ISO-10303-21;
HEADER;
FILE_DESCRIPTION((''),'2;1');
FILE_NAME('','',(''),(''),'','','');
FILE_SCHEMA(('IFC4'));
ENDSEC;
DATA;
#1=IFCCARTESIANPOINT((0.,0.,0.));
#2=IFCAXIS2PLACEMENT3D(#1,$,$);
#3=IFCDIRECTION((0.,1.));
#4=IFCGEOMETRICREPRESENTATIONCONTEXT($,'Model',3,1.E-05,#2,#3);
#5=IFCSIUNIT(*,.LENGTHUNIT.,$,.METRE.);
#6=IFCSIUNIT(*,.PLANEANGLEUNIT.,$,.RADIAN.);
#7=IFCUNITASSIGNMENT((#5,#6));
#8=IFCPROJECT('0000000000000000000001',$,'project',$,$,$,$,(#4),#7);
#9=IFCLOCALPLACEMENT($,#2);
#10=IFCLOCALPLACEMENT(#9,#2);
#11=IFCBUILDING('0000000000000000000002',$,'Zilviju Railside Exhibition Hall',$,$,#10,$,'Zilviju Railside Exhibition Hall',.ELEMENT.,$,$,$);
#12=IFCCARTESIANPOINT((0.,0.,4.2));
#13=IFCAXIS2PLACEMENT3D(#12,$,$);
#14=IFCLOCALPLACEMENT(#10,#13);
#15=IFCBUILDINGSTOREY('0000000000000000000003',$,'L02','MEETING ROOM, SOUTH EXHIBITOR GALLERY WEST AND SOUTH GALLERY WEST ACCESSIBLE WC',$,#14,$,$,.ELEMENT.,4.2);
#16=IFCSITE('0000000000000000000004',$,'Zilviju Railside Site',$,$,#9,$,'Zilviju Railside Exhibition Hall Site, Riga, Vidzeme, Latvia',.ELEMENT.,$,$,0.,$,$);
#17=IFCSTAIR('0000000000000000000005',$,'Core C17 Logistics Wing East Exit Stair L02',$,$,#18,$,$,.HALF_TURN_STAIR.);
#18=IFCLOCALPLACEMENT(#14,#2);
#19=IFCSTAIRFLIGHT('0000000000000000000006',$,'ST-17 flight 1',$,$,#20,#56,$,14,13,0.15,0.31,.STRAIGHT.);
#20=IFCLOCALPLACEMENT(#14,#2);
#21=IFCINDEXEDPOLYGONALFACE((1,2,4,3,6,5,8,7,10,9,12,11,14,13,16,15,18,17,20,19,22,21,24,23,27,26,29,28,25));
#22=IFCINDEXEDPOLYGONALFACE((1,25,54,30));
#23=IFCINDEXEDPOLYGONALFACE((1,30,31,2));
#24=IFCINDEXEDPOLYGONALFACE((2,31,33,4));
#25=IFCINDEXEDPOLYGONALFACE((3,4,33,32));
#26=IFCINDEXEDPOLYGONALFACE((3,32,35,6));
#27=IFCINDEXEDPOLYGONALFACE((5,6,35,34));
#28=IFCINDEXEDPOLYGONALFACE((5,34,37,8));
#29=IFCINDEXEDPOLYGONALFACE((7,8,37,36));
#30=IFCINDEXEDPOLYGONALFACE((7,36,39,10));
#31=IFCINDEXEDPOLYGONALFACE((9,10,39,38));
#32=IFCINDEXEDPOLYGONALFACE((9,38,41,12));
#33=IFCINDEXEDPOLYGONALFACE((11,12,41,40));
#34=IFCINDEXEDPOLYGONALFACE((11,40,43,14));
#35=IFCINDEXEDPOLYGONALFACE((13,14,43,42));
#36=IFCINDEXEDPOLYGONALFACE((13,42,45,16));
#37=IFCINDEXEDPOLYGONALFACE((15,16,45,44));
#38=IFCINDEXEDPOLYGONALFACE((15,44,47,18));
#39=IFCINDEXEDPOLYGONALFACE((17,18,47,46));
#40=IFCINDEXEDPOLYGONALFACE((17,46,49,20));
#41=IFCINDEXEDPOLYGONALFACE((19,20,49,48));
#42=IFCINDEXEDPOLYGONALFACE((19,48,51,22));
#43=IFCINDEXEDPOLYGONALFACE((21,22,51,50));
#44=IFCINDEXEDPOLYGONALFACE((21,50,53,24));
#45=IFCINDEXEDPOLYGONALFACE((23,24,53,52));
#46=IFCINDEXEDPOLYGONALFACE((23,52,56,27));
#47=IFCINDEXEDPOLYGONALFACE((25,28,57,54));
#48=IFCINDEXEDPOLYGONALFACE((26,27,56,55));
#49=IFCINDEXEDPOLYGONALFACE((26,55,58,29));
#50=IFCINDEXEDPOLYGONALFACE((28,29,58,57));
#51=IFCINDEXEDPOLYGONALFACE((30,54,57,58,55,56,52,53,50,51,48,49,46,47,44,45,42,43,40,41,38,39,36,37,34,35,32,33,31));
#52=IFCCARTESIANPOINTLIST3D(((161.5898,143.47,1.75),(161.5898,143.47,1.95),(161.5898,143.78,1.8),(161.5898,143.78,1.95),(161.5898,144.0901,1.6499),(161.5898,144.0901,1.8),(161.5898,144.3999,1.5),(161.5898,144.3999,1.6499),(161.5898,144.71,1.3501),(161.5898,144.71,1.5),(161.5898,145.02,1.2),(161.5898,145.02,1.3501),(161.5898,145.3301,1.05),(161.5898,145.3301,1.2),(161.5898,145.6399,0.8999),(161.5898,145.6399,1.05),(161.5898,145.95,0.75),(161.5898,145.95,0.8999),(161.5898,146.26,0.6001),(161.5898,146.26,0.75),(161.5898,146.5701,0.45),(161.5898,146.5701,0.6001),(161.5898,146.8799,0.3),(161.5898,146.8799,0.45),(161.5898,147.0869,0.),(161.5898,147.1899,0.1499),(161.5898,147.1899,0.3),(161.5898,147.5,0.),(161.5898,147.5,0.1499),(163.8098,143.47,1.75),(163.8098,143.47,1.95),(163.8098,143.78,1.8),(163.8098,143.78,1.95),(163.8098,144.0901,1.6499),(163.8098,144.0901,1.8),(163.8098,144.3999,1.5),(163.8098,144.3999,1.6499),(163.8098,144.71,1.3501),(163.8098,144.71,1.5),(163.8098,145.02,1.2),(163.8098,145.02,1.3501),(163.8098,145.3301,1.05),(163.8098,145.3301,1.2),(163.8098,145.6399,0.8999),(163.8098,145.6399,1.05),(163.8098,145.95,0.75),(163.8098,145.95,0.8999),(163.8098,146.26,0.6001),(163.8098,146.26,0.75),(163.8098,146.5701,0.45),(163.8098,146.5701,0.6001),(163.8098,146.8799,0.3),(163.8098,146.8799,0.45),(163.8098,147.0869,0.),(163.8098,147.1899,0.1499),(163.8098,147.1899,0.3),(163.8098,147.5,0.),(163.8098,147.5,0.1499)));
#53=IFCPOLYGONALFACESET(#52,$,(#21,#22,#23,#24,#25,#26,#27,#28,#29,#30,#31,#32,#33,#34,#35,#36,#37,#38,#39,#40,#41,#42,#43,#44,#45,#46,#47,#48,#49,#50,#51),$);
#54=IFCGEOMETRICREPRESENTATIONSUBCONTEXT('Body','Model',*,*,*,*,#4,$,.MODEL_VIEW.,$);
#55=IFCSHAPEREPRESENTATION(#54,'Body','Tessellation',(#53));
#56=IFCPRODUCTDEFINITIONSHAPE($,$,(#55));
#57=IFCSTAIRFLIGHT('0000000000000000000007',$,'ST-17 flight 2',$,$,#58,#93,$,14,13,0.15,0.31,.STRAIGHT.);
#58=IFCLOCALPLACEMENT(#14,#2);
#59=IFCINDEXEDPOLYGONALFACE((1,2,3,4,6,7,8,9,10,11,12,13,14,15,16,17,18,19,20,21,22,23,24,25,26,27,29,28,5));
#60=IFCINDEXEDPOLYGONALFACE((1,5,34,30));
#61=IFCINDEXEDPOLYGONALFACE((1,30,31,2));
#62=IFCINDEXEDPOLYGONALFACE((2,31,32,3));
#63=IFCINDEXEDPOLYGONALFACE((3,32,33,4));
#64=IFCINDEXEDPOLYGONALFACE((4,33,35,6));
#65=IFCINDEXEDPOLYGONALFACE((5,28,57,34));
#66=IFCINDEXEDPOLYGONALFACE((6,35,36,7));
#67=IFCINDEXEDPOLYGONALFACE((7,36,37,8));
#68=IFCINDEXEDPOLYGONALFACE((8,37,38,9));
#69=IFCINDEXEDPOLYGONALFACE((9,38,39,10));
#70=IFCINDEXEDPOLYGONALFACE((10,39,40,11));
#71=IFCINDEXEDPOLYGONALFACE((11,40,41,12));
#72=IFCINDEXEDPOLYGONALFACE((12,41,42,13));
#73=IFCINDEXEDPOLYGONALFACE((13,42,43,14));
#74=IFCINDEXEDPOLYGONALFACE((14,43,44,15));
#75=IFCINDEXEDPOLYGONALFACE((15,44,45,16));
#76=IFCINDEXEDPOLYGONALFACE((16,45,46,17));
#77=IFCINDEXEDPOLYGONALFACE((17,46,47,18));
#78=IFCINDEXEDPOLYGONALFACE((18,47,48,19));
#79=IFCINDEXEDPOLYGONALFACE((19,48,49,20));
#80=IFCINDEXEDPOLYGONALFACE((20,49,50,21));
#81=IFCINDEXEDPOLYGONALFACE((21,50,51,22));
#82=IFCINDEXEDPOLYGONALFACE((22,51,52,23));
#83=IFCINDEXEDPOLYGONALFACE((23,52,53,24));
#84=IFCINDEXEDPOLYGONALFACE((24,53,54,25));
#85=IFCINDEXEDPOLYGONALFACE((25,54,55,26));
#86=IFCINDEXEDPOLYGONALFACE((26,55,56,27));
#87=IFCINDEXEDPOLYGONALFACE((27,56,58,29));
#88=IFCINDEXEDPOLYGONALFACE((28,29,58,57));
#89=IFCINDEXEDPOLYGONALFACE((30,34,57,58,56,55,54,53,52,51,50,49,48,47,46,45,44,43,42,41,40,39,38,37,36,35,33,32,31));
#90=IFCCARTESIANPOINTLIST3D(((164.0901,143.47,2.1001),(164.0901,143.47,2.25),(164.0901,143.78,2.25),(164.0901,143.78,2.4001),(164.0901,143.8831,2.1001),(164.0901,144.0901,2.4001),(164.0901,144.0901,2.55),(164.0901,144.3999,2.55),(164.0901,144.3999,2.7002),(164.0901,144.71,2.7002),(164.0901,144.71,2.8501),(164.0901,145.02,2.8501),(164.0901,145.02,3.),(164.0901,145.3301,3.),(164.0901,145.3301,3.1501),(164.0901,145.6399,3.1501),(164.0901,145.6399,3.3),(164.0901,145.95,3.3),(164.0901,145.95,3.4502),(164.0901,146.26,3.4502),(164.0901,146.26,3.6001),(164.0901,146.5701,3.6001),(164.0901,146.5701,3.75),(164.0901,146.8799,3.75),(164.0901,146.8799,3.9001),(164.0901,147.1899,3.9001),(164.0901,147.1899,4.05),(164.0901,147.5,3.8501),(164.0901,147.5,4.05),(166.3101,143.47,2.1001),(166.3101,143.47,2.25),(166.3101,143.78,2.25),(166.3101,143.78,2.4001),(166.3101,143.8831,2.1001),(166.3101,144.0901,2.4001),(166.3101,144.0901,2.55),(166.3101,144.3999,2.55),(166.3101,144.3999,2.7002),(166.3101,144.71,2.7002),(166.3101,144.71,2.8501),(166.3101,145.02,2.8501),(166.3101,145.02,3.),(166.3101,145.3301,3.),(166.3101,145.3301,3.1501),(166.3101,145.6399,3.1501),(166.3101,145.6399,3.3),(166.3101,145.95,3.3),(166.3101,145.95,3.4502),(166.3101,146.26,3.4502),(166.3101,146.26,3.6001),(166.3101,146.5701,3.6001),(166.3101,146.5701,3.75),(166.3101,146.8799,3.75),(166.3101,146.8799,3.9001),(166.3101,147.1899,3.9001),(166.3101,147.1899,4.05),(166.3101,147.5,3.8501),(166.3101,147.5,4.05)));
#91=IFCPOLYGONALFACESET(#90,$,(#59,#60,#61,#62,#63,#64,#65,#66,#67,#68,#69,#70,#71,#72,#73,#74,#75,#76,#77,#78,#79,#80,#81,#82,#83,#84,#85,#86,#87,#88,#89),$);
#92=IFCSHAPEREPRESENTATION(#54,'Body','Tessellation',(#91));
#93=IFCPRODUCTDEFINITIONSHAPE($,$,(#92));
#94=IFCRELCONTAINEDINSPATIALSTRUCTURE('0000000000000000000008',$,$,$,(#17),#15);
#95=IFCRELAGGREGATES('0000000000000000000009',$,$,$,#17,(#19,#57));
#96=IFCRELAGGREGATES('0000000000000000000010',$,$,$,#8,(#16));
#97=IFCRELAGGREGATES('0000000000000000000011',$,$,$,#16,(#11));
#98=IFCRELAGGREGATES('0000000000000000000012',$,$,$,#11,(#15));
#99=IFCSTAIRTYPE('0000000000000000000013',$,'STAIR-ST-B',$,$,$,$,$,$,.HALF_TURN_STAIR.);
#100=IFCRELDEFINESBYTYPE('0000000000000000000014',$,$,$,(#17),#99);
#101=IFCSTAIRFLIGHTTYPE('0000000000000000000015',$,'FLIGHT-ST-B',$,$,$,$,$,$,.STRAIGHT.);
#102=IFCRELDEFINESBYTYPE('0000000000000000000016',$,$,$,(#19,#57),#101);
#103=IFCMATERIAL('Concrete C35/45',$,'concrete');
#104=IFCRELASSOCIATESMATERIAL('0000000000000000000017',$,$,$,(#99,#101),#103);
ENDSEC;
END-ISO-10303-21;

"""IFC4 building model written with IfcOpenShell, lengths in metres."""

from ifc_helpers import new_model, si_unit, direction, frame, origin, place, context, subcontext, project, spatial, polyline, outline, extrude, material, type_object, element, aggregate, save


model = new_model("IFC4")

# Units and contexts
model_context = context("Model", 3, precision=1e-05, world=origin(), true_north=direction((0.0, 1.0)))
body_context = subcontext(model_context, "Body", "Model", "MODEL_VIEW")
ifc_project = project(units=[si_unit("LENGTHUNIT", "METRE"), si_unit("PLANEANGLEUNIT", "RADIAN")], contexts=[model_context])

# Site, building, storey
site_placement = place(None, origin())
site = spatial("IfcSite", under=ifc_project, at=site_placement, Name="Zilviju Railside Site", LongName="Zilviju Railside Exhibition Hall Site, Riga, Vidzeme, Latvia", CompositionType="ELEMENT", RefElevation=0.0)
building_placement = place(site_placement, origin())
building = spatial("IfcBuilding", under=site, at=building_placement, Name="Zilviju Railside Exhibition Hall", LongName="Zilviju Railside Exhibition Hall", CompositionType="ELEMENT")
storey_placement = place(building_placement, frame((0.0, 0.0, 4.2)))
storey = spatial("IfcBuildingStorey", under=building, at=storey_placement, Name="L02", Description="MEETING ROOM, SOUTH EXHIBITOR GALLERY WEST AND SOUTH GALLERY WEST ACCESSIBLE WC", CompositionType="ELEMENT", Elevation=4.2)

# Shared definitions
ifc_material_1 = material(Name="Concrete C35/45", Category="concrete")

# Stair, stair flights
stair_type = type_object("IfcStairType", Name="STAIR-ST-B", PredefinedType="HALF_TURN_STAIR", material=ifc_material_1)
stair_placement = place(storey_placement, origin())
stair = element("IfcStair", 1, at=stair_placement, inside=storey, type_object=stair_type, Name="Core C17 Logistics Wing East Exit Stair L02", PredefinedType="HALF_TURN_STAIR")
stair_flight_type = type_object("IfcStairFlightType", Name="FLIGHT-ST-B", PredefinedType="STRAIGHT", material=ifc_material_1)
stair_flight_1_placement = place(storey_placement, frame((162.7, 147.5, 0.0), z_axis=(0.0, 0.0, 1.0), x_axis=(0.0, -1.0, 0.0)))
stair_flight_1 = element("IfcStairFlight", 2, at=stair_flight_1_placement, type_object=stair_flight_type, Name="ST-17 flight 1", NumberOfRisers=14, NumberOfTreads=13, PredefinedType="STRAIGHT", RiserHeight=0.15, TreadLength=0.31, context=body_context, shape_type="SweptSolid", body=[
    extrude(outline(polyline([(0.0, 0.0), (0.0, 0.1499), (0.3101, 0.1499), (0.3101, 0.3), (0.6201, 0.3), (0.6201, 0.45), (0.9299, 0.45), (0.9299, 0.6001), (1.24, 0.6001), (1.24, 0.75), (1.55, 0.75), (1.55, 0.8999), (1.8601, 0.8999), (1.8601, 1.05), (2.1699, 1.05), (2.1699, 1.2), (2.48, 1.2), (2.48, 1.3501), (2.79, 1.3501), (2.79, 1.5), (3.1001, 1.5), (3.1001, 1.6499), (3.4099, 1.6499), (3.4099, 1.8), (3.72, 1.8), (3.72, 1.95), (4.03, 1.95), (4.03, 2.1001), (4.03, 1.75), (0.4131, 0.0), (0.0, 0.0)])), frame((0.0, 1.1099, 0.0), z_axis=(0.0, -1.0, 0.0), x_axis=(1.0, 0.0, 0.0)), (0.0, 0.0, 1.0), 2.22),
])
stair_flight_2_placement = place(storey_placement, frame((165.2, 143.47, 2.1001), z_axis=(0.0, 0.0, 1.0), x_axis=(0.0, 1.0, 0.0)))
stair_flight_2 = element("IfcStairFlight", 3, at=stair_flight_2_placement, type_object=stair_flight_type, Name="ST-17 flight 2", NumberOfRisers=14, NumberOfTreads=13, PredefinedType="STRAIGHT", RiserHeight=0.15, TreadLength=0.31, context=body_context, shape_type="SweptSolid", body=[
    extrude(outline(polyline([(0.0, 0.0), (0.0, 0.1499), (0.3101, 0.1499), (0.3101, 0.3), (0.6201, 0.3), (0.6201, 0.45), (0.9299, 0.45), (0.9299, 0.6001), (1.24, 0.6001), (1.24, 0.75), (1.55, 0.75), (1.55, 0.8999), (1.8601, 0.8999), (1.8601, 1.05), (2.1699, 1.05), (2.1699, 1.2), (2.48, 1.2), (2.48, 1.3501), (2.79, 1.3501), (2.79, 1.5), (3.1001, 1.5), (3.1001, 1.6499), (3.4099, 1.6499), (3.4099, 1.8), (3.72, 1.8), (3.72, 1.95), (4.03, 1.95), (4.03, 2.1001), (4.03, 1.75), (0.4131, 0.0), (0.0, 0.0)])), frame((0.0, 1.1099, 0.0), z_axis=(0.0, -1.0, 0.0), x_axis=(1.0, 0.0, 0.0)), (0.0, 0.0, 1.0), 2.22),
])
aggregate(stair, [stair_flight_1, stair_flight_2])

save(model, "model.ifc")
